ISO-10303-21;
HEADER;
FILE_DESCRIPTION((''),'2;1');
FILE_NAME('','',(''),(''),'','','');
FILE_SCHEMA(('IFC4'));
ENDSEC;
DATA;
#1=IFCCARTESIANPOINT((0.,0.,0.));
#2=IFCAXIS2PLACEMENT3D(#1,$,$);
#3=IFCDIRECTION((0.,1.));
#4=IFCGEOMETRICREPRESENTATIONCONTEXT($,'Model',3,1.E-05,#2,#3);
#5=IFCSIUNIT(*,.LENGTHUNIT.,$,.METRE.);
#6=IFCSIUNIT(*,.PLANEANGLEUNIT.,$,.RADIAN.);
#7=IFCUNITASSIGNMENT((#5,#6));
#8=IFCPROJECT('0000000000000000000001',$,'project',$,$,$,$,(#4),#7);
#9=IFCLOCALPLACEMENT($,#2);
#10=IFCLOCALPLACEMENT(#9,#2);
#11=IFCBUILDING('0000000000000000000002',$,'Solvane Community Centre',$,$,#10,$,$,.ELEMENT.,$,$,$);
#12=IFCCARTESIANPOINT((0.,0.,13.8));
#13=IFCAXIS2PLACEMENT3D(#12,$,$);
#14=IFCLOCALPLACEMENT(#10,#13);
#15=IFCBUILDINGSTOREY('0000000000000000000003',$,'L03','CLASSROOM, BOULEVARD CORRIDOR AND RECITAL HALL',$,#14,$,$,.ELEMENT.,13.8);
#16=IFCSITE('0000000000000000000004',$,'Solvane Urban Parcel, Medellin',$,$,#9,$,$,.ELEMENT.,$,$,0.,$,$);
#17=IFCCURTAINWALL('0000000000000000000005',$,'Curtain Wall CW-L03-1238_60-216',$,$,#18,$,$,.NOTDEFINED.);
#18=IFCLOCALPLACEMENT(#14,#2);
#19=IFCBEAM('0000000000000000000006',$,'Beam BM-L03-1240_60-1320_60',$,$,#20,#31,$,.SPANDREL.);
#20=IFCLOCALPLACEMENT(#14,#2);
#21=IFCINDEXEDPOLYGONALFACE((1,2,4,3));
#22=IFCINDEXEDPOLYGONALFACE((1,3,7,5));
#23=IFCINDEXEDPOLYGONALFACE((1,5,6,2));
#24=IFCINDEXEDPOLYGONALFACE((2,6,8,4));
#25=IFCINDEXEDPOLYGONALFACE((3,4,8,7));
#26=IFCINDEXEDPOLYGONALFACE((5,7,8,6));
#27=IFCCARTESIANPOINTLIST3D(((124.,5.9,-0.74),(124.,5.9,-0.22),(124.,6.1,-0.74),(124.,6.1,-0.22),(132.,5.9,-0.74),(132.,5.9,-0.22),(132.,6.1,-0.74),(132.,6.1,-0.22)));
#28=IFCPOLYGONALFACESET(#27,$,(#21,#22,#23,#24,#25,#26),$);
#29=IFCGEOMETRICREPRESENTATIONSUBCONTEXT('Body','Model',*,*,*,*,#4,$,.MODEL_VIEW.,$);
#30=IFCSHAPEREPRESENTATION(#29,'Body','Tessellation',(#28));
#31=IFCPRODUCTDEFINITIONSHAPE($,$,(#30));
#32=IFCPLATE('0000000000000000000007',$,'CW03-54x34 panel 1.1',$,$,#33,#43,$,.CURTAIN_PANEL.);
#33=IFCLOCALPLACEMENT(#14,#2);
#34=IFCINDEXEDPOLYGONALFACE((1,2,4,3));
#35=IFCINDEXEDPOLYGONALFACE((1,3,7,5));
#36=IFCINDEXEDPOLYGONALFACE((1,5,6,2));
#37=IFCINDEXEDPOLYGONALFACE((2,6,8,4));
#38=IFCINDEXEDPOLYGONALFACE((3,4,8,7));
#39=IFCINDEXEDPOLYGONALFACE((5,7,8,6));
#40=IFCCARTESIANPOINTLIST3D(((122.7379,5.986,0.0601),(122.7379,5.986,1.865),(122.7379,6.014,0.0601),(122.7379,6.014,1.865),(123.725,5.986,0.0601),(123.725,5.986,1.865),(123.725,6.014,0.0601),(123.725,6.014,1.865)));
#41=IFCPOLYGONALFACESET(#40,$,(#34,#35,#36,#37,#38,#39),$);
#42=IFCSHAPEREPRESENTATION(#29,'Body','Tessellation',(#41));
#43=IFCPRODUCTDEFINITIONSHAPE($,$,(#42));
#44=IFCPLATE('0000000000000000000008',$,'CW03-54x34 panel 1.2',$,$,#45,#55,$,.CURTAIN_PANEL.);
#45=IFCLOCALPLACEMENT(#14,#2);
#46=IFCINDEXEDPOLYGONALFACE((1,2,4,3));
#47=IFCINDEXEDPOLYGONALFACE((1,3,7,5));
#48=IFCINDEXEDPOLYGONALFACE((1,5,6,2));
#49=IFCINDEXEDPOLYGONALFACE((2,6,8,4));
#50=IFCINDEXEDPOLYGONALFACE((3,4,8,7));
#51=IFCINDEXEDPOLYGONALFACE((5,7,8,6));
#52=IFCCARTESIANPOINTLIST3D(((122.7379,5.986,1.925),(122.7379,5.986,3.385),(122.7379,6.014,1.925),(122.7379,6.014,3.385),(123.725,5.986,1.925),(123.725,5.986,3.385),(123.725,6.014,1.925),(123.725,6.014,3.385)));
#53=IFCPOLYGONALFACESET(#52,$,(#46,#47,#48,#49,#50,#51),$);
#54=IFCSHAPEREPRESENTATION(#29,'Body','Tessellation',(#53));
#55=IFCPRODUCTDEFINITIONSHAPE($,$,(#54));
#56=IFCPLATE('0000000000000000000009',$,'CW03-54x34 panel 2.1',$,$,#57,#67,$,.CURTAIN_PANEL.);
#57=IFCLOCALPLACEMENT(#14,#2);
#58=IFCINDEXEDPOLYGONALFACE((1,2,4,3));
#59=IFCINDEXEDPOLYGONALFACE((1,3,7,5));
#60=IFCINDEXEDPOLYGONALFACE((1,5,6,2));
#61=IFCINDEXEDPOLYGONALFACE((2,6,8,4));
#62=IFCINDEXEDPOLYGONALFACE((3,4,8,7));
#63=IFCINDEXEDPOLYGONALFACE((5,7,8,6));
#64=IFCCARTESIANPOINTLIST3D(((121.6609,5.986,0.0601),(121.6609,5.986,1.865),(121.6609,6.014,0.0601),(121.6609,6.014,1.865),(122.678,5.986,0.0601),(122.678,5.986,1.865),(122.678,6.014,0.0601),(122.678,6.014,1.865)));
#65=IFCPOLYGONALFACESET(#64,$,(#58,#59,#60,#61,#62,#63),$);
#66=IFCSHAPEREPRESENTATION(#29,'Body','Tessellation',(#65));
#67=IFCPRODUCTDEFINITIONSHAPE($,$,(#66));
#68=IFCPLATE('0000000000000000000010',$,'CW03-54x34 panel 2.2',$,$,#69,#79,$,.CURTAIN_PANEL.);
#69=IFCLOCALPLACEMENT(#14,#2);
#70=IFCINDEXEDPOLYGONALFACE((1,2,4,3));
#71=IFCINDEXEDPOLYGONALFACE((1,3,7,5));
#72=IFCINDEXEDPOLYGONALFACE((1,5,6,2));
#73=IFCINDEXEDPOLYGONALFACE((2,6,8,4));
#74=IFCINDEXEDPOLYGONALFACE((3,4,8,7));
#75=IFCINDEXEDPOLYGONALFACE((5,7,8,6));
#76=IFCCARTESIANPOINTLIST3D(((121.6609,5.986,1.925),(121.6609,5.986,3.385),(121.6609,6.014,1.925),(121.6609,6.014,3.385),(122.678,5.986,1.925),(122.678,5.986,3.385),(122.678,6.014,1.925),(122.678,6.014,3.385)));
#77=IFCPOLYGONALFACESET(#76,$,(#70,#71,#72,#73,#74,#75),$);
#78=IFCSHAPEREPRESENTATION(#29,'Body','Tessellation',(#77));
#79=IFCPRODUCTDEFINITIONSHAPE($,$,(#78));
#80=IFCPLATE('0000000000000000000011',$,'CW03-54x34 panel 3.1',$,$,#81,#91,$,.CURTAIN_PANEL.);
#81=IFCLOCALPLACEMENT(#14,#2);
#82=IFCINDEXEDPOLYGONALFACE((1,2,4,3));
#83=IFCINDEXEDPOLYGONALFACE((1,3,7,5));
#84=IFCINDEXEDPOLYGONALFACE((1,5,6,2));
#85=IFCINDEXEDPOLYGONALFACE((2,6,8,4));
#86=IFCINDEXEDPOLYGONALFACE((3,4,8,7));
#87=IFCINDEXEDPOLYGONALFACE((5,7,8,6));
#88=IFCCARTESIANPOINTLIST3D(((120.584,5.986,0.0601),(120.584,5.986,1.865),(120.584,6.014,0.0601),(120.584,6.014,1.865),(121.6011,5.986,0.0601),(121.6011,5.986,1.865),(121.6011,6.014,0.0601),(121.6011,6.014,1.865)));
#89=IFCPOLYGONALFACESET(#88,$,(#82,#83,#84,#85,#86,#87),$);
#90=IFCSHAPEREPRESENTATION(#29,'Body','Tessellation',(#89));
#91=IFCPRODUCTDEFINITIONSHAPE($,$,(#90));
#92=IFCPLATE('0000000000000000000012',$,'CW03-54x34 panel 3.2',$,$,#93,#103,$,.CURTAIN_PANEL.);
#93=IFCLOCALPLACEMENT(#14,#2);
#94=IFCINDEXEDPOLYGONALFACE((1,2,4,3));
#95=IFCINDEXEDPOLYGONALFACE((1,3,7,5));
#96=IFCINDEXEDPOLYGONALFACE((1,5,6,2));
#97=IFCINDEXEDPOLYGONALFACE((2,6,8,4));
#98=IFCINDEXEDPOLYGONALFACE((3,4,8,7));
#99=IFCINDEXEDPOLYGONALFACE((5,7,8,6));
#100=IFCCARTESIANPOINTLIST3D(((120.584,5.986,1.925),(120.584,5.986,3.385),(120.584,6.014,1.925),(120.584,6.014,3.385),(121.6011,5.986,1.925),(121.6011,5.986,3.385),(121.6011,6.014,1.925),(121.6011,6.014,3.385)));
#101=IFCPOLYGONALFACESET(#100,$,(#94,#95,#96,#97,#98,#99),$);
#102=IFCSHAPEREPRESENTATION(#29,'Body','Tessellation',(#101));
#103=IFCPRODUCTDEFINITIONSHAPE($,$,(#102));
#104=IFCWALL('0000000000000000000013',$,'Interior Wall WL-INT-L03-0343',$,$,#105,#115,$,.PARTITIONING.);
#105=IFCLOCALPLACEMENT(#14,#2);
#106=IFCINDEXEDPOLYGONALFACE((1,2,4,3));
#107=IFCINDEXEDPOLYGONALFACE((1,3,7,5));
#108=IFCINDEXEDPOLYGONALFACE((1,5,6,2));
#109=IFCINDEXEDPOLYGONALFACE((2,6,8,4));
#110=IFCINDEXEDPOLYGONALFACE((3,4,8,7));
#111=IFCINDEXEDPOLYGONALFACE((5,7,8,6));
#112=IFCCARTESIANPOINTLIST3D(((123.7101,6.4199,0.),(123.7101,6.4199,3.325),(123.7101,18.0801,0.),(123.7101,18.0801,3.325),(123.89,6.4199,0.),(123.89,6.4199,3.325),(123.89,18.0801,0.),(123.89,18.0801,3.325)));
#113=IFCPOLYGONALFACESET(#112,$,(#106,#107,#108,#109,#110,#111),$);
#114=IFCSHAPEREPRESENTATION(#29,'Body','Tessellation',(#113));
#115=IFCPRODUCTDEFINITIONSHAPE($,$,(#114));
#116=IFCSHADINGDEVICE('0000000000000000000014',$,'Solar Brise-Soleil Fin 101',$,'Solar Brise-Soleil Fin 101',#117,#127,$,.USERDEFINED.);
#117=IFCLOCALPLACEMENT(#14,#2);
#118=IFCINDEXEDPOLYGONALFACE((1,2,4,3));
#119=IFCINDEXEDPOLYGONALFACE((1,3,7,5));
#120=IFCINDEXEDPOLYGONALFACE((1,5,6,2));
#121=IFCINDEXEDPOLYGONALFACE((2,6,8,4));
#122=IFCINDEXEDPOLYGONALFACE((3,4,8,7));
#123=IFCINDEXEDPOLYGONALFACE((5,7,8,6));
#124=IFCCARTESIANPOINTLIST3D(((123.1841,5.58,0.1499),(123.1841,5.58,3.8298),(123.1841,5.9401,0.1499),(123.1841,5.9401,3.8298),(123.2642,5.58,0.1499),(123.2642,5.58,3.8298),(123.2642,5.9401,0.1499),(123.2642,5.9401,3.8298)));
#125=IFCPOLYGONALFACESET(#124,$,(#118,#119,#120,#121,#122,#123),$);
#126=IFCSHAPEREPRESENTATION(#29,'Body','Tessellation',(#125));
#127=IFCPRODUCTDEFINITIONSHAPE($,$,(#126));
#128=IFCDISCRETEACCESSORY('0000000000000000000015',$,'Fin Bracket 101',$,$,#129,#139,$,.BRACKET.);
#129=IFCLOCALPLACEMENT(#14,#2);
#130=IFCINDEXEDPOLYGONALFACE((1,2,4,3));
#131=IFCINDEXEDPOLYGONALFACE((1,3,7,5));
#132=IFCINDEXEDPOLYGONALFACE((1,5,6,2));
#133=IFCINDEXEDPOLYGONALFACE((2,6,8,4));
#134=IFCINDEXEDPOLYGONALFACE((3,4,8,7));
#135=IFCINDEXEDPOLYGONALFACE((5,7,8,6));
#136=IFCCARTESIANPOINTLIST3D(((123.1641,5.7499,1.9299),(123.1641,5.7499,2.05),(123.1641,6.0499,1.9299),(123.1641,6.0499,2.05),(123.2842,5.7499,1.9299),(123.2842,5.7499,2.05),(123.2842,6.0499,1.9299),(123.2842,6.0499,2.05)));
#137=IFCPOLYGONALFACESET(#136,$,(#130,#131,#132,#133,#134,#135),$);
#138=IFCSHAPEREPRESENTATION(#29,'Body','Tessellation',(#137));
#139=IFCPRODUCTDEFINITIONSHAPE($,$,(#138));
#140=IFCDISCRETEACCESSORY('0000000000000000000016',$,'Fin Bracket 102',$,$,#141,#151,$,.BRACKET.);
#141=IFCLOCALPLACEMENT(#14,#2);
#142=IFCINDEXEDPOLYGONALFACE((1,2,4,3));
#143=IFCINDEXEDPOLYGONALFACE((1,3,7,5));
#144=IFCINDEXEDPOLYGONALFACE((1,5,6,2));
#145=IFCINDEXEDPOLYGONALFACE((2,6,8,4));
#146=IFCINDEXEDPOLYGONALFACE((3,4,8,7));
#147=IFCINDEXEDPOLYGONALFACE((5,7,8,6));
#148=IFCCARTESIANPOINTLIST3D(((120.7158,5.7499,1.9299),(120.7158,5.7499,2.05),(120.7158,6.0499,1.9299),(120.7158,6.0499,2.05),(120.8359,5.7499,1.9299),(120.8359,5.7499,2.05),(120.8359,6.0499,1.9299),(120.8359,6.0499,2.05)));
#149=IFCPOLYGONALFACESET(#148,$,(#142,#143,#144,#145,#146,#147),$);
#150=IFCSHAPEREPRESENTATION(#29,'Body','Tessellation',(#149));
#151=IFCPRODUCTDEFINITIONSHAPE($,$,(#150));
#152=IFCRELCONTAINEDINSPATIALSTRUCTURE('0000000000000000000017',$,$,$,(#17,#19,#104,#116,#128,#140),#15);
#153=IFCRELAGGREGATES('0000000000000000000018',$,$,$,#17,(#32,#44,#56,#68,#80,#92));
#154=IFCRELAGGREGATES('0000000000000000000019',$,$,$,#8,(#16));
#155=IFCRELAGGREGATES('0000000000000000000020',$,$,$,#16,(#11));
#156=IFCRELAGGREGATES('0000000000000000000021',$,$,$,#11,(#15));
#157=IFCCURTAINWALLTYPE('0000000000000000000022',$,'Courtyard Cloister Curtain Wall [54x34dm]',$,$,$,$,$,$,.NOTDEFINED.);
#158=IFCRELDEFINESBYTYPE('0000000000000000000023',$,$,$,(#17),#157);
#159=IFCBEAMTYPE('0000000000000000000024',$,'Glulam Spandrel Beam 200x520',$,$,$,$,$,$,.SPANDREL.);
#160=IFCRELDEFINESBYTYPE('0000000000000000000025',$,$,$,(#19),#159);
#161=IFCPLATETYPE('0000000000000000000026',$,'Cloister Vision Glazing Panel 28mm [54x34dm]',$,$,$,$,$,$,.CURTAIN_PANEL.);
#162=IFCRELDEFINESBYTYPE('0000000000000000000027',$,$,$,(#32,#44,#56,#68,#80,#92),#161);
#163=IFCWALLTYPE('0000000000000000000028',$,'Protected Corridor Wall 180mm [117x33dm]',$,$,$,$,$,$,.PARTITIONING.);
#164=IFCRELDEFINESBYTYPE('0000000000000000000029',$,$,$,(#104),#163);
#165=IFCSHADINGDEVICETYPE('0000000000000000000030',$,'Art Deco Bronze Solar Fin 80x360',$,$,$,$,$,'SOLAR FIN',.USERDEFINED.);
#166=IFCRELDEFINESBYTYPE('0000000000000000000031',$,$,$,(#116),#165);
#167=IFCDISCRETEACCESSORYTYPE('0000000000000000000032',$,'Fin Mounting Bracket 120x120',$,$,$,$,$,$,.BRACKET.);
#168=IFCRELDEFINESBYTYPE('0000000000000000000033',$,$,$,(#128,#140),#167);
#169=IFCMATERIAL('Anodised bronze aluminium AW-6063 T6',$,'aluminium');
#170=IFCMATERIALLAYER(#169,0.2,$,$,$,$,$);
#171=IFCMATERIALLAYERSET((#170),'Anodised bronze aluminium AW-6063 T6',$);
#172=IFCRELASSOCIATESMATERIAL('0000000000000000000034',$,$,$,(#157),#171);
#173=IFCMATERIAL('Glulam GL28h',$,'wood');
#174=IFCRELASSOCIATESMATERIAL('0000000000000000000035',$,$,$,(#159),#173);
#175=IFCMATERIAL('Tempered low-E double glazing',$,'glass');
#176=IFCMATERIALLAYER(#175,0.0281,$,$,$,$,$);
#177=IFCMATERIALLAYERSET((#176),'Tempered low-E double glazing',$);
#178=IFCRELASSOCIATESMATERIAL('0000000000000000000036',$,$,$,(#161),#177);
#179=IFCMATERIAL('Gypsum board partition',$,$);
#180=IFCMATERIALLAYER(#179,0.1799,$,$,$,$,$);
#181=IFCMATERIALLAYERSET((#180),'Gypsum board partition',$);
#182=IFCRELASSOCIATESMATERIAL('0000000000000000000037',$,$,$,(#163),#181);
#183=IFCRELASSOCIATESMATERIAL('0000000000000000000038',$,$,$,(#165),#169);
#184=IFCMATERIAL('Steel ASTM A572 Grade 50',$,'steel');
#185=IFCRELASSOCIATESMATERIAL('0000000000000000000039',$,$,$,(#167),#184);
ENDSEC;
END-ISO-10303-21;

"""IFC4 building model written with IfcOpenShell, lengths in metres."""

from ifc_helpers import new_model, si_unit, direction, frame, frame_2d, origin, origin_2d, place, context, subcontext, project, spatial, rectangle, extrude, material, layer, layer_set, material_profile, profile_set, type_object, element, aggregate, save


model = new_model("IFC4")

# Units and contexts
model_context = context("Model", 3, precision=1e-05, world=origin(), true_north=direction((0.0, 1.0)))
body_context = subcontext(model_context, "Body", "Model", "MODEL_VIEW")
ifc_project = project(units=[si_unit("LENGTHUNIT", "METRE"), si_unit("PLANEANGLEUNIT", "RADIAN")], contexts=[model_context])

# Site, building, storey
site_placement = place(None, origin())
site = spatial("IfcSite", under=ifc_project, at=site_placement, Name="Solvane Urban Parcel, Medellin", CompositionType="ELEMENT", RefElevation=0.0)
building_placement = place(site_placement, origin())
building = spatial("IfcBuilding", under=site, at=building_placement, Name="Solvane Community Centre", CompositionType="ELEMENT")
storey_placement = place(building_placement, frame((0.0, 0.0, 13.8)))
storey = spatial("IfcBuildingStorey", under=building, at=storey_placement, Name="L03", Description="CLASSROOM, BOULEVARD CORRIDOR AND RECITAL HALL", CompositionType="ELEMENT", Elevation=13.8)

# Curtain wall
ifc_material_1 = material(Name="Anodised bronze aluminium AW-6063 T6", Category="aluminium")
ifc_layer_1 = layer(ifc_material_1, 0.2)
ifc_layer_set_1 = layer_set([ifc_layer_1], Name="Anodised bronze aluminium AW-6063 T6")
curtain_wall_type = type_object("IfcCurtainWallType", Name="Courtyard Cloister Curtain Wall [54x34dm]", PredefinedType="NOTDEFINED", material=ifc_layer_set_1)
curtain_wall_placement = place(storey_placement, origin())
curtain_wall = element("IfcCurtainWall", 1, at=curtain_wall_placement, inside=storey, type_object=curtain_wall_type, Name="Curtain Wall CW-L03-1238_60-216", PredefinedType="NOTDEFINED")

# Beam
ifc_material_2 = material(Name="Glulam GL28h", Category="wood")
ifc_material_profile_1 = material_profile(ifc_material_2, rectangle(XDim=0.2, YDim=0.52, at=origin_2d()), Name="GL28h 200x520")
ifc_profile_set_1 = profile_set([ifc_material_profile_1], Name="Glulam GL28h")
beam_type_1 = type_object("IfcBeamType", Name="Glulam Spandrel Beam 200x520", PredefinedType="SPANDREL", material=ifc_profile_set_1)
beam_1_placement = place(storey_placement, frame((124.0, 6.0, -0.48), z_axis=(1.0, 0.0, 0.0), x_axis=(0.0, 1.0, 0.0)))
element("IfcBeam", 2, at=beam_1_placement, inside=storey, type_object=beam_type_1, Name="Beam BM-L03-1240_60-1320_60", PredefinedType="SPANDREL", context=body_context, shape_type="SweptSolid", body=[
    extrude(rectangle(XDim=0.2, YDim=0.52, at=origin_2d()), origin(), (0.0, 0.0, 1.0), 8.0),
])

# Plates
ifc_material_3 = material(Name="Tempered low-E double glazing", Category="glass")
ifc_layer_2 = layer(ifc_material_3, 0.0281)
ifc_layer_set_2 = layer_set([ifc_layer_2], Name="Tempered low-E double glazing")
plate_type = type_object("IfcPlateType", Name="Cloister Vision Glazing Panel 28mm [54x34dm]", PredefinedType="CURTAIN_PANEL", material=ifc_layer_set_2)
plate_1_placement = place(storey_placement, frame((123.2314, 6.0, 0.0601), z_axis=(0.0, 0.0, 1.0), x_axis=(-1.0, 0.0, 0.0)))
plate_1 = element("IfcPlate", 3, at=plate_1_placement, type_object=plate_type, Name="CW03-54x34 panel 1.1", PredefinedType="CURTAIN_PANEL", context=body_context, shape_type="SweptSolid", body=[
    extrude(rectangle(XDim=0.9871, YDim=0.0281, at=origin_2d()), origin(), (0.0, 0.0, 1.0), 1.8049),
])
plate_2_placement = place(storey_placement, frame((123.2314, 6.0, 1.925), z_axis=(0.0, 0.0, 1.0), x_axis=(-1.0, 0.0, 0.0)))
plate_2 = element("IfcPlate", 4, at=plate_2_placement, type_object=plate_type, Name="CW03-54x34 panel 1.2", PredefinedType="CURTAIN_PANEL", context=body_context, shape_type="SweptSolid", body=[
    extrude(rectangle(XDim=0.9871, YDim=0.0281, at=origin_2d()), origin(), (0.0, 0.0, 1.0), 1.46),
])
plate_3_placement = place(storey_placement, frame((122.1694, 6.0, 0.0601), z_axis=(0.0, 0.0, 1.0), x_axis=(-1.0, 0.0, 0.0)))
plate_3 = element("IfcPlate", 5, at=plate_3_placement, type_object=plate_type, Name="CW03-54x34 panel 2.1", PredefinedType="CURTAIN_PANEL", context=body_context, shape_type="SweptSolid", body=[
    extrude(rectangle(XDim=1.0171, YDim=0.0281, at=origin_2d()), origin(), (0.0, 0.0, 1.0), 1.8049),
])
plate_4_placement = place(storey_placement, frame((122.1694, 6.0, 1.925), z_axis=(0.0, 0.0, 1.0), x_axis=(-1.0, 0.0, 0.0)))
plate_4 = element("IfcPlate", 6, at=plate_4_placement, type_object=plate_type, Name="CW03-54x34 panel 2.2", PredefinedType="CURTAIN_PANEL", context=body_context, shape_type="SweptSolid", body=[
    extrude(rectangle(XDim=1.0171, YDim=0.0281, at=origin_2d()), origin(), (0.0, 0.0, 1.0), 1.46),
])
plate_5_placement = place(storey_placement, frame((121.0925, 6.0, 0.0601), z_axis=(0.0, 0.0, 1.0), x_axis=(-1.0, 0.0, 0.0)))
plate_5 = element("IfcPlate", 7, at=plate_5_placement, type_object=plate_type, Name="CW03-54x34 panel 3.1", PredefinedType="CURTAIN_PANEL", context=body_context, shape_type="SweptSolid", body=[
    extrude(rectangle(XDim=1.0171, YDim=0.0281, at=origin_2d()), origin(), (0.0, 0.0, 1.0), 1.8049),
])
plate_6_placement = place(storey_placement, frame((121.0925, 6.0, 1.925), z_axis=(0.0, 0.0, 1.0), x_axis=(-1.0, 0.0, 0.0)))
plate_6 = element("IfcPlate", 8, at=plate_6_placement, type_object=plate_type, Name="CW03-54x34 panel 3.2", PredefinedType="CURTAIN_PANEL", context=body_context, shape_type="SweptSolid", body=[
    extrude(rectangle(XDim=1.0171, YDim=0.0281, at=origin_2d()), origin(), (0.0, 0.0, 1.0), 1.46),
])
aggregate(curtain_wall, [plate_1, plate_2, plate_3, plate_4, plate_5, plate_6])

# Wall
ifc_material_4 = material(Name="Gypsum board partition")
ifc_layer_3 = layer(ifc_material_4, 0.1799)
ifc_layer_set_3 = layer_set([ifc_layer_3], Name="Gypsum board partition")
wall_type = type_object("IfcWallType", Name="Protected Corridor Wall 180mm [117x33dm]", PredefinedType="PARTITIONING", material=ifc_layer_set_3)
wall_placement = place(storey_placement, frame((123.8, 6.4199, 0.0), z_axis=(0.0, 0.0, 1.0), x_axis=(0.0, 1.0, 0.0)))
element("IfcWall", 9, at=wall_placement, inside=storey, type_object=wall_type, Name="Interior Wall WL-INT-L03-0343", PredefinedType="PARTITIONING", context=body_context, shape_type="SweptSolid", body=[
    extrude(rectangle(XDim=11.6602, YDim=0.1799, at=frame_2d((5.8301, 0.0))), origin(), (0.0, 0.0, 1.0), 3.325),
])

# Shading device
shading_device_type = type_object("IfcShadingDeviceType", Name="Art Deco Bronze Solar Fin 80x360", ElementType="SOLAR FIN", PredefinedType="USERDEFINED", material=ifc_material_1)
shading_device_placement = place(storey_placement, frame((123.2241, 5.76, 0.1499), z_axis=(0.0, 0.0, 1.0), x_axis=(-1.0, 0.0, 0.0)))
element("IfcShadingDevice", 10, at=shading_device_placement, inside=storey, type_object=shading_device_type, Name="Solar Brise-Soleil Fin 101", ObjectType="Solar Brise-Soleil Fin 101", PredefinedType="USERDEFINED", context=body_context, shape_type="SweptSolid", body=[
    extrude(rectangle(XDim=0.0801, YDim=0.3601, at=origin_2d()), origin(), (0.0, 0.0, 1.0), 3.6799),
])

# Discrete accessories
ifc_material_5 = material(Name="Steel ASTM A572 Grade 50", Category="steel")
discrete_accessory_type = type_object("IfcDiscreteAccessoryType", Name="Fin Mounting Bracket 120x120", PredefinedType="BRACKET", material=ifc_material_5)
for number, where, z_axis, x_axis, name in (
    (11, (123.2241, 5.8999, 1.9299), (0.0, 0.0, 1.0), (-1.0, 0.0, 0.0), "Fin Bracket 101"),
    (12, (120.7759, 5.8999, 1.9299), (0.0, 0.0, 1.0), (-1.0, 0.0, 0.0), "Fin Bracket 102"),
):
    element("IfcDiscreteAccessory", number, at=place(storey_placement, frame(where, z_axis=z_axis, x_axis=x_axis)), inside=storey, type_object=discrete_accessory_type, Name=name, PredefinedType="BRACKET", context=body_context, shape_type="SweptSolid", body=[
        extrude(rectangle(XDim=0.1201, YDim=0.3, at=origin_2d()), origin(), (0.0, 0.0, 1.0), 0.1201),
    ])

save(model, "model.ifc")
